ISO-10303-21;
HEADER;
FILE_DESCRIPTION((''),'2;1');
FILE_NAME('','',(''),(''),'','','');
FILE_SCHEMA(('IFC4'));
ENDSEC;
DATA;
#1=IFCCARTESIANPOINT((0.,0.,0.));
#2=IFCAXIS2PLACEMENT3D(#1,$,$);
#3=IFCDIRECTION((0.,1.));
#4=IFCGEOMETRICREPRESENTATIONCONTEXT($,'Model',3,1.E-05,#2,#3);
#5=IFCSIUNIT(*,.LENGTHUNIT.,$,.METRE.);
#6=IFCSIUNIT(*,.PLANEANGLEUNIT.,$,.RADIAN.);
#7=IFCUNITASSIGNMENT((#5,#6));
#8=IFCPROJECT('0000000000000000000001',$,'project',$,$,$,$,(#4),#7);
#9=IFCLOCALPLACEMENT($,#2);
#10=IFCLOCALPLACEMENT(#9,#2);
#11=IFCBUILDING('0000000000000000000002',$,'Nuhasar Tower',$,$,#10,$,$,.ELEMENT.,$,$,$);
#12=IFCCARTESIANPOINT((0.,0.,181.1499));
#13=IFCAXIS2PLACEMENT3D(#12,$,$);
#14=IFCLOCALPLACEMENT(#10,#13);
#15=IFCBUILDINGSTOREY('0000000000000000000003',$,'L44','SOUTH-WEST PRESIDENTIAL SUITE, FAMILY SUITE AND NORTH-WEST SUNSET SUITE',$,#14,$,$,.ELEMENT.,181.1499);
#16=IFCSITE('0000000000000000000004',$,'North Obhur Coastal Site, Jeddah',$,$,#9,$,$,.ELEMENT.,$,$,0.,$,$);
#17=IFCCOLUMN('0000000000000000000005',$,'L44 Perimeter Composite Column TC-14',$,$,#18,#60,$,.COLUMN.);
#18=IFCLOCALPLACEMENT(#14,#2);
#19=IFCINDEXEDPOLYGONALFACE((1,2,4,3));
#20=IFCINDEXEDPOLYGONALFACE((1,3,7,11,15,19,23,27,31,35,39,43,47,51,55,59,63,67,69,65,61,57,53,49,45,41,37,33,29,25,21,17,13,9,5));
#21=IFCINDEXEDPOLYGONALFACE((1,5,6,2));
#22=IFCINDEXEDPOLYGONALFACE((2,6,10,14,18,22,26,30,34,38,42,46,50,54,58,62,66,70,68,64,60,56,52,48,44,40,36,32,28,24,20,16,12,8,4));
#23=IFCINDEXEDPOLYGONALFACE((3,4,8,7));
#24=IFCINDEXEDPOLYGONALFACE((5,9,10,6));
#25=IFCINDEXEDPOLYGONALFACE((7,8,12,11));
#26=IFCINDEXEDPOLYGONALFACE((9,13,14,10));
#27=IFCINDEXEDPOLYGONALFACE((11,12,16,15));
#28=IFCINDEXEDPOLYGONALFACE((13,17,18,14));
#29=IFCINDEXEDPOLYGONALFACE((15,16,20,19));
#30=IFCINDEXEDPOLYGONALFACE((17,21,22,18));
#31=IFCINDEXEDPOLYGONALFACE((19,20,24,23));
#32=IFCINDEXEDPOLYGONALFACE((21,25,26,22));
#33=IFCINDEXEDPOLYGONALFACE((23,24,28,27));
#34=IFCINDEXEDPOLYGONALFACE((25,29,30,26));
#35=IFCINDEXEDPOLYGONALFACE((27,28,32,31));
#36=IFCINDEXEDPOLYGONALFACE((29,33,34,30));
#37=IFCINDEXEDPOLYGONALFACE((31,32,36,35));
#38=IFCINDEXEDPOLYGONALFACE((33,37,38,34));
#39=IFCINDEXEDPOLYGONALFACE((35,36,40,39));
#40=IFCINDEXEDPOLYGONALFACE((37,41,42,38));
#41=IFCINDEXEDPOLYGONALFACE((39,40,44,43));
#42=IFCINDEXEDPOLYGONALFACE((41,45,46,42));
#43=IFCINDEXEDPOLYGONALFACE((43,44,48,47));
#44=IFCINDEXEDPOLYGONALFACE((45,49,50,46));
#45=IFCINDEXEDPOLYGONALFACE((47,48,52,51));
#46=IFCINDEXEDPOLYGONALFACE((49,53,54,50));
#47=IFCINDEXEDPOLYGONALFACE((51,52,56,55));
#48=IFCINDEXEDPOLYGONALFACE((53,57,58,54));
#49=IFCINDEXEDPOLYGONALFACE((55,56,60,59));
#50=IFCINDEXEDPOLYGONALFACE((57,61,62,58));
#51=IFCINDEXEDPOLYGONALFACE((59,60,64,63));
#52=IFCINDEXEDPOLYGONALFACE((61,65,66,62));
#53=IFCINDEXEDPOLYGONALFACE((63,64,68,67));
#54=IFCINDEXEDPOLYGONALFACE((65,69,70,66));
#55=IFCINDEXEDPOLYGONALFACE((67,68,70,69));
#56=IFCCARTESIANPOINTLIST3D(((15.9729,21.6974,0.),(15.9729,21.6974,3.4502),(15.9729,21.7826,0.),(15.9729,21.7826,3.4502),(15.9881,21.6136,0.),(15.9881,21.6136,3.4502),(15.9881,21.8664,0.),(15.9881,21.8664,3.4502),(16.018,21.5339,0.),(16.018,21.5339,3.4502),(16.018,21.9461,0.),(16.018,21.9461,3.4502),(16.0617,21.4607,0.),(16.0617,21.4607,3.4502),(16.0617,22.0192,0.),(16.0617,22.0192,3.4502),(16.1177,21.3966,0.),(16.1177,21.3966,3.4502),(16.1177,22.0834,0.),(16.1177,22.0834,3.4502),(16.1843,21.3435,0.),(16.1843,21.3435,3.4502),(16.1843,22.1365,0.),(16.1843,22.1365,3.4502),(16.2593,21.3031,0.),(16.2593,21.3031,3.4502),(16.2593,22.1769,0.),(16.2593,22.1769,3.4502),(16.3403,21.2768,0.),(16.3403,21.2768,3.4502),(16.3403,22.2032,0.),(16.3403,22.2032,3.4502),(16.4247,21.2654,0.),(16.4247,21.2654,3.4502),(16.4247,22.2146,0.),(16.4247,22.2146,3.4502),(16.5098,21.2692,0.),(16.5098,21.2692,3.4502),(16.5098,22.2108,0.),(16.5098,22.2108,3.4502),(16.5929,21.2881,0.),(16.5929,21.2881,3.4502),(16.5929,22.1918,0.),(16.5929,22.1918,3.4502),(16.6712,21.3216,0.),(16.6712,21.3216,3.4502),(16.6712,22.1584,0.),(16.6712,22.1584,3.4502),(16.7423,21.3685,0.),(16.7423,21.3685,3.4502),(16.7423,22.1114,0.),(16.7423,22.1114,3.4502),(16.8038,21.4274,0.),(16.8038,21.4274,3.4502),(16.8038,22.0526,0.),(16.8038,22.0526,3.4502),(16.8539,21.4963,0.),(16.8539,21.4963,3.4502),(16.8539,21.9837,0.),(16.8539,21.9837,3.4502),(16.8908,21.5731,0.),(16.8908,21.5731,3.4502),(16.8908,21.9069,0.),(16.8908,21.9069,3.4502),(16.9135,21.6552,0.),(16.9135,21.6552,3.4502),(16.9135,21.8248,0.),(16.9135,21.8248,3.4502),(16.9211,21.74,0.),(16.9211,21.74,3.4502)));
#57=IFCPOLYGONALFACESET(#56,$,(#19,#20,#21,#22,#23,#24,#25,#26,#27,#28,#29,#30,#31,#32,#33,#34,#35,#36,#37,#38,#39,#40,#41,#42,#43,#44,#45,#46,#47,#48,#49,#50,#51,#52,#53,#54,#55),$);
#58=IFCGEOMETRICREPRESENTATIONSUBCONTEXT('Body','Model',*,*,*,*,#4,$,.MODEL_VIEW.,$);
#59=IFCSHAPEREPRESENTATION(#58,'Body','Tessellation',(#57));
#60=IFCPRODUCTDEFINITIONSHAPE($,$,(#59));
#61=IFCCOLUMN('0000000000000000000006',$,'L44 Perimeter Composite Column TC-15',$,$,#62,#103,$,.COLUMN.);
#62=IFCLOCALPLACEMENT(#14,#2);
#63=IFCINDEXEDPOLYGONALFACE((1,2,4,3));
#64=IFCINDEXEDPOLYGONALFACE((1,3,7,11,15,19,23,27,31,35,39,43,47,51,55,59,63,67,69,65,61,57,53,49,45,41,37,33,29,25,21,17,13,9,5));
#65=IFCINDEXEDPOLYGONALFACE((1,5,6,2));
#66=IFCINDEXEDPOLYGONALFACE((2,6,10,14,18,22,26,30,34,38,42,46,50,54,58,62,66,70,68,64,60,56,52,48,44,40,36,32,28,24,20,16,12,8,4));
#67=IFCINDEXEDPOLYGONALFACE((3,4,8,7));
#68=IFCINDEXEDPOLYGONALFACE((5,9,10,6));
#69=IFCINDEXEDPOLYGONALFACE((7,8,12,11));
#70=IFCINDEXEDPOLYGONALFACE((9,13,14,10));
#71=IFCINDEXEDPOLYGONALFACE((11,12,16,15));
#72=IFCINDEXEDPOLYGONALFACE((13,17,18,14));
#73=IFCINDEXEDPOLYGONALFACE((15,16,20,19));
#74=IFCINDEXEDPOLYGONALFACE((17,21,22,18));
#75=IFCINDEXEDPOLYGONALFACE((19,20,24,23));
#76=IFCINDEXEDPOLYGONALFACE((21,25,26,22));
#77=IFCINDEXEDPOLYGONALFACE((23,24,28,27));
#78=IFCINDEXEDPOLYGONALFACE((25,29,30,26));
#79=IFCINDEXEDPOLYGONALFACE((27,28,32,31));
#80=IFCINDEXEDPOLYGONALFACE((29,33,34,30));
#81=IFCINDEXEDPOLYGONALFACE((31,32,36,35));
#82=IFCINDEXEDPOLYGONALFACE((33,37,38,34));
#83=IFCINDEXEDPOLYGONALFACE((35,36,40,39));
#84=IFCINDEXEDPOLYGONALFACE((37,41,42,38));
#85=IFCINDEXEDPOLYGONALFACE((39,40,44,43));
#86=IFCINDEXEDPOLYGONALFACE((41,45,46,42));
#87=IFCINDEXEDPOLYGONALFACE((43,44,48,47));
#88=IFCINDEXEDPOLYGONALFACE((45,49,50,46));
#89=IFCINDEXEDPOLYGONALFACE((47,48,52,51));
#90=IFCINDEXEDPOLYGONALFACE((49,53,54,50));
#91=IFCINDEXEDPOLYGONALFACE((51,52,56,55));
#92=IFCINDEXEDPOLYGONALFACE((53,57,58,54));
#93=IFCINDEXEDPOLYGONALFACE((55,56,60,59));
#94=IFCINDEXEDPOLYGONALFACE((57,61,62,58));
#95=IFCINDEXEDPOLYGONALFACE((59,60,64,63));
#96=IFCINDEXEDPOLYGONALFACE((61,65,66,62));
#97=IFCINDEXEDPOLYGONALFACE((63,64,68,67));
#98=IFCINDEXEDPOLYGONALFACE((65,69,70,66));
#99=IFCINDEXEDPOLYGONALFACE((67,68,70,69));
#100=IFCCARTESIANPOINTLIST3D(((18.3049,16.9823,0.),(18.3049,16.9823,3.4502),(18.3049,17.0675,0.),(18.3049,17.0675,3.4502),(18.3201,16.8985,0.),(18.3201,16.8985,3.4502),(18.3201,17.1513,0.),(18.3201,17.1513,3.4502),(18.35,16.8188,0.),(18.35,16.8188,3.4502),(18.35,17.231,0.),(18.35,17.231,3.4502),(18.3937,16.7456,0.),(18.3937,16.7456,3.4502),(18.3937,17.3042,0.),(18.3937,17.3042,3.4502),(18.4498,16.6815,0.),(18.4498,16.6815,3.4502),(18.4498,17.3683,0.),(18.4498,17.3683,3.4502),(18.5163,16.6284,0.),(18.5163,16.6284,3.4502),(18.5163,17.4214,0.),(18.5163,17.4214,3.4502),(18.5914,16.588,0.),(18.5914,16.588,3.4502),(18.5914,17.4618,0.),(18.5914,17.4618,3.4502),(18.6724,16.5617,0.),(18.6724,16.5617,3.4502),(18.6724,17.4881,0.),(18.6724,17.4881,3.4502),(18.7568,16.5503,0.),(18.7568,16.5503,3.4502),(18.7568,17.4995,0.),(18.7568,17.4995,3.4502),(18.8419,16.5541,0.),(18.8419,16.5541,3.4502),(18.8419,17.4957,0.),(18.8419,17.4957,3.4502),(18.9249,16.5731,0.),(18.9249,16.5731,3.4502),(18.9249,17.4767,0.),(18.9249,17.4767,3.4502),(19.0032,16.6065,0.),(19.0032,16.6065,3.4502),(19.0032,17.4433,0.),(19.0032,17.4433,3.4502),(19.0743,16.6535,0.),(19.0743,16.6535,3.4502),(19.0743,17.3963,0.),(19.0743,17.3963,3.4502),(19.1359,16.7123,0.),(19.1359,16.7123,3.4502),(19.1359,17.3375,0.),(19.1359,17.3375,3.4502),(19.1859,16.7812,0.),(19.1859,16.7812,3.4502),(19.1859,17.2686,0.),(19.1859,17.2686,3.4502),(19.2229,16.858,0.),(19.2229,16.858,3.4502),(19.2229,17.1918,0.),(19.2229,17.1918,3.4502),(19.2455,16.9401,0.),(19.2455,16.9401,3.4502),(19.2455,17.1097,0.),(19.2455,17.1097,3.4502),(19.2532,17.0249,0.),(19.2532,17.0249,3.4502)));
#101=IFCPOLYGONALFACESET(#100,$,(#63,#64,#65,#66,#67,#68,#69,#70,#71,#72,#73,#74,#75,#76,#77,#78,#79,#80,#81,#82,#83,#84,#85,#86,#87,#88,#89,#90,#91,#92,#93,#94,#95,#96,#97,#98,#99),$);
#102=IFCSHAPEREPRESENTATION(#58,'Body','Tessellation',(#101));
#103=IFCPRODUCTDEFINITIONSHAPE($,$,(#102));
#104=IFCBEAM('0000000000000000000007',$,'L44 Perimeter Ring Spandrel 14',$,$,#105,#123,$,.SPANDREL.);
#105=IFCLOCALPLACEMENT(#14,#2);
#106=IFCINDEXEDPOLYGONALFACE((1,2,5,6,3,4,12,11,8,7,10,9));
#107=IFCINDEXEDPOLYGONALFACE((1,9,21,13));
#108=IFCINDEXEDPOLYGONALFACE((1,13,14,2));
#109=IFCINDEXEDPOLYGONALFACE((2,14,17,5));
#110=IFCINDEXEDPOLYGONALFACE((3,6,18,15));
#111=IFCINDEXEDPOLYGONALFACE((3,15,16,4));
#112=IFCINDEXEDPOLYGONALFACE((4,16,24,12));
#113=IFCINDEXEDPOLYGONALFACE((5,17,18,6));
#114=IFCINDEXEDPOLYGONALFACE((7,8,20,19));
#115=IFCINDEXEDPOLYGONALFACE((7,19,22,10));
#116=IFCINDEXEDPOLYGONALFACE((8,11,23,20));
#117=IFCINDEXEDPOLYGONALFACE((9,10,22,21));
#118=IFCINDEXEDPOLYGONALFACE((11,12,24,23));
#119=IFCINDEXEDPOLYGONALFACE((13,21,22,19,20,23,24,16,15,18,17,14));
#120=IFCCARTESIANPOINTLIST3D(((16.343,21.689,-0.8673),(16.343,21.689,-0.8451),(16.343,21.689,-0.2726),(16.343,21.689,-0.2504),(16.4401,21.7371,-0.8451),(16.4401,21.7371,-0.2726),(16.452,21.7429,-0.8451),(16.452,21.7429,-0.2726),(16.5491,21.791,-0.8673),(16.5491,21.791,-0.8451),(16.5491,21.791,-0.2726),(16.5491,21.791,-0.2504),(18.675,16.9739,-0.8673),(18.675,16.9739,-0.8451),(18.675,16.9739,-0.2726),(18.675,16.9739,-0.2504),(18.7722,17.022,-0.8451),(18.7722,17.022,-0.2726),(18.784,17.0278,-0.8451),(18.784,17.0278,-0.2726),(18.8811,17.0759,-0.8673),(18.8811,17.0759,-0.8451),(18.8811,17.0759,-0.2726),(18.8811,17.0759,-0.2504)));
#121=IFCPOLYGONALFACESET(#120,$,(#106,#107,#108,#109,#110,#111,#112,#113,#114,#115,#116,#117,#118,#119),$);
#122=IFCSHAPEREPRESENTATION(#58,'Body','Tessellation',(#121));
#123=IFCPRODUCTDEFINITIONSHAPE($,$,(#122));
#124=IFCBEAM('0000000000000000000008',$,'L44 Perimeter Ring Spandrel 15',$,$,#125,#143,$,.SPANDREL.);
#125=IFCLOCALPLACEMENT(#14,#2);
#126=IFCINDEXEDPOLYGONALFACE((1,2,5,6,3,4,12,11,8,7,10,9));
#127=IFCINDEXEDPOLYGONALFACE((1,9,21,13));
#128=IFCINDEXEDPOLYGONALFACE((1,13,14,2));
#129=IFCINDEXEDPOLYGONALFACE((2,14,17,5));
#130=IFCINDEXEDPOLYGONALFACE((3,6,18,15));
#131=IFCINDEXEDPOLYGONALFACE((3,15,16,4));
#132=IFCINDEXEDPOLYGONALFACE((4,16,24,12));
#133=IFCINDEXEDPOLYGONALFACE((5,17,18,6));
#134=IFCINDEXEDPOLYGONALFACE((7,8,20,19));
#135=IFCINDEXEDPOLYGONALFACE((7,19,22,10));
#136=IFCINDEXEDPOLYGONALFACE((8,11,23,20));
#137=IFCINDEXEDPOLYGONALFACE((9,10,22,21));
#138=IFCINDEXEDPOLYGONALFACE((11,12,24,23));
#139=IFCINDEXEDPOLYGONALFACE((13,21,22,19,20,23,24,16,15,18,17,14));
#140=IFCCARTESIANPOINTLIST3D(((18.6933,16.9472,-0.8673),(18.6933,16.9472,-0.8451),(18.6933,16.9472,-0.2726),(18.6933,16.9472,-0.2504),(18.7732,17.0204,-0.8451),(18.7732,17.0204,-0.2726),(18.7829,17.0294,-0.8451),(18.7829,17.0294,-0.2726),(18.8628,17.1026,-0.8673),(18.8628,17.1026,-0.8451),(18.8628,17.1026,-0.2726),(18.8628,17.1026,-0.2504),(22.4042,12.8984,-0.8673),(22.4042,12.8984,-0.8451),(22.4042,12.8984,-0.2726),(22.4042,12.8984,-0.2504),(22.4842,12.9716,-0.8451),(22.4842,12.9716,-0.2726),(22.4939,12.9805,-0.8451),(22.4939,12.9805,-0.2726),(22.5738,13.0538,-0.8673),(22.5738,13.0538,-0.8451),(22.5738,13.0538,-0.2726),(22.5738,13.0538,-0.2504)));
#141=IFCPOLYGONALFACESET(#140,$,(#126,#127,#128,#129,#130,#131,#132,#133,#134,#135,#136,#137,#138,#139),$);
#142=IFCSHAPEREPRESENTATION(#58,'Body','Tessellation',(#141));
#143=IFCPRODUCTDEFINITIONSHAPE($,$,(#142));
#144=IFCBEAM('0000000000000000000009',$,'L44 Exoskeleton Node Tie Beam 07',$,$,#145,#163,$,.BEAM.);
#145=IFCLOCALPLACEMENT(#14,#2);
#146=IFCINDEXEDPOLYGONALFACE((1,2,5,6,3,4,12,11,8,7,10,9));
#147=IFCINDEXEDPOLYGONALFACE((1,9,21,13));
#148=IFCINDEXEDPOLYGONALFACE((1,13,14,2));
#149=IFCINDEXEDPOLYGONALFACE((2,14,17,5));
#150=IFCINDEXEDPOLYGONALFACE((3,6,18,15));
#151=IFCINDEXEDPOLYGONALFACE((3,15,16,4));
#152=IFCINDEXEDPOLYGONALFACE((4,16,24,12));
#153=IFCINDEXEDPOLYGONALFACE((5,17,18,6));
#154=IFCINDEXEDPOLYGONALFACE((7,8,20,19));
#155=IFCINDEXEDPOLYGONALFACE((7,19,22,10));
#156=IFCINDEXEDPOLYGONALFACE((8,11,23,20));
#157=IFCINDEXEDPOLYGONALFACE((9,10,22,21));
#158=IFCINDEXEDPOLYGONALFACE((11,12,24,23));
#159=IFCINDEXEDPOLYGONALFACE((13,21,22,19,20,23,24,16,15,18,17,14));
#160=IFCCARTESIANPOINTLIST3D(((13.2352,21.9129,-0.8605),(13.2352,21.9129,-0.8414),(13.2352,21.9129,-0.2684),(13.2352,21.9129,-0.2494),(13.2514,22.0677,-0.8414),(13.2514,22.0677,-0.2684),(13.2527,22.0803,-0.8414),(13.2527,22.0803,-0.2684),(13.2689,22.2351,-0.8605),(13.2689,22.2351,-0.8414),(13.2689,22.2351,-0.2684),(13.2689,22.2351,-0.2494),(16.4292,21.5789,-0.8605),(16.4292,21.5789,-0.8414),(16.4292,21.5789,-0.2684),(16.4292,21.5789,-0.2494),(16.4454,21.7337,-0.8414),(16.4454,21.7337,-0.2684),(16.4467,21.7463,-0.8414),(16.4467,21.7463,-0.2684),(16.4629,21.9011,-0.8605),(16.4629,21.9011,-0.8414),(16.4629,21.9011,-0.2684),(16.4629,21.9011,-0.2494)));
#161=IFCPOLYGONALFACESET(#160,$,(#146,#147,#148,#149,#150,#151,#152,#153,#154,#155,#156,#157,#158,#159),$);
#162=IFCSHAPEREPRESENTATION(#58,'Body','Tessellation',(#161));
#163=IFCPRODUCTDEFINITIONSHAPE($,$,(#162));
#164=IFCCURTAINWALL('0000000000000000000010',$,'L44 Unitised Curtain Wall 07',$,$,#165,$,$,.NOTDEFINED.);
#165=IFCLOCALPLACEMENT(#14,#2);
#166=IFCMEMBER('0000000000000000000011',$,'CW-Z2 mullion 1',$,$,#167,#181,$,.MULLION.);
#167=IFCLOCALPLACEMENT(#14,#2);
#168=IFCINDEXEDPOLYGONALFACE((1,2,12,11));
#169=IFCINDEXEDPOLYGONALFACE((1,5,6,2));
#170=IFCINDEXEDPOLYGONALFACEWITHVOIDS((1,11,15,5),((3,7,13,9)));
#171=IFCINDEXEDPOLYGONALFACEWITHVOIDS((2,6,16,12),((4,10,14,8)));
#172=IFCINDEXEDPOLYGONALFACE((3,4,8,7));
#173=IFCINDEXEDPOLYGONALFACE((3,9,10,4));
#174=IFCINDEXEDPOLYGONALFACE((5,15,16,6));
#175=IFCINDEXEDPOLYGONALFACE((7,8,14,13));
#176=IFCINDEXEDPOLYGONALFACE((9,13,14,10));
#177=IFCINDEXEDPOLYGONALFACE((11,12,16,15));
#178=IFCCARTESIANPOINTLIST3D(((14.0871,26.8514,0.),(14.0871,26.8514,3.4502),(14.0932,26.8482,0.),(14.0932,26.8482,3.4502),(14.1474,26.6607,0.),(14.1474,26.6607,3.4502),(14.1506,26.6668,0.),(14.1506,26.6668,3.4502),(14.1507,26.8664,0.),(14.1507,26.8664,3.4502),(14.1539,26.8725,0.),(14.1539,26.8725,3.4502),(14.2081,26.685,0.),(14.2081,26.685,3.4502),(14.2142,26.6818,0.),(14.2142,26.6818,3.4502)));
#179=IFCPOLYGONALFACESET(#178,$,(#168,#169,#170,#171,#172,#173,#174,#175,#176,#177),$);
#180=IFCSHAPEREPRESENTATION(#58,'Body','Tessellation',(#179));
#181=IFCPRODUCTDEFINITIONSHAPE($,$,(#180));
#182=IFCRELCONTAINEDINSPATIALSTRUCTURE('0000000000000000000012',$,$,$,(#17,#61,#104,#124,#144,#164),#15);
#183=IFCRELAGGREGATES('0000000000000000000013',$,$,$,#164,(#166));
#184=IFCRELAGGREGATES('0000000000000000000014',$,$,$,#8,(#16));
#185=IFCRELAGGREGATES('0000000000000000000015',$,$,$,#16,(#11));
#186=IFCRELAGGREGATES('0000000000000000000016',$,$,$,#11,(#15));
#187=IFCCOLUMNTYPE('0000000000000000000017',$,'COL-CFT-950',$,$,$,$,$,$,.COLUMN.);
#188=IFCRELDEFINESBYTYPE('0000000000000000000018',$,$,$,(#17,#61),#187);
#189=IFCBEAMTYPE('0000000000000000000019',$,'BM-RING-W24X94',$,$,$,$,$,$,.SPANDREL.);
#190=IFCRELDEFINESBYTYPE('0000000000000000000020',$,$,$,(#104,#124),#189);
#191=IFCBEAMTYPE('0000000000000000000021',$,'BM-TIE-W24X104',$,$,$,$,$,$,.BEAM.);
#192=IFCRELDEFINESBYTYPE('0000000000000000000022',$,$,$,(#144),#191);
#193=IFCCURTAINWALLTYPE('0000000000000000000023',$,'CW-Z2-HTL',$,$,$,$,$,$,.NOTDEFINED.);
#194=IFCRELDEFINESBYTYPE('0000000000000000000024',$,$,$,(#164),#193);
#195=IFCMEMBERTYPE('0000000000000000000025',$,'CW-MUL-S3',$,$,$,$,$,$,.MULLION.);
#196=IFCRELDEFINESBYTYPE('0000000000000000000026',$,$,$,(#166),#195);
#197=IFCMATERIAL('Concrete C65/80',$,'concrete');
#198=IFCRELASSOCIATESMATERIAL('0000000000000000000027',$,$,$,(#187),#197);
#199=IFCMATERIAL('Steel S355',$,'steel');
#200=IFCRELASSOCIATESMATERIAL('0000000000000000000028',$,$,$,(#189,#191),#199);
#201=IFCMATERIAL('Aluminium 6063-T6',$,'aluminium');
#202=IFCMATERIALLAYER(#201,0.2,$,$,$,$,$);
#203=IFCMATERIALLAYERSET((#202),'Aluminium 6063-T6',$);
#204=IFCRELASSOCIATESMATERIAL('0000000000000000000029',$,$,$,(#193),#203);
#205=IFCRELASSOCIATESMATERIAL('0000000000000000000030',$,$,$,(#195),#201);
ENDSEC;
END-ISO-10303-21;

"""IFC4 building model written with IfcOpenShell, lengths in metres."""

from ifc_helpers import new_model, si_unit, direction, frame, origin, origin_2d, place, context, subcontext, project, spatial, hollow_rectangle, circle, i_section, extrude, material, layer, layer_set, material_profile, profile_set, type_object, element, aggregate, save


model = new_model("IFC4")

# Units and contexts
model_context = context("Model", 3, precision=1e-05, world=origin(), true_north=direction((0.0, 1.0)))
body_context = subcontext(model_context, "Body", "Model", "MODEL_VIEW")
ifc_project = project(units=[si_unit("LENGTHUNIT", "METRE"), si_unit("PLANEANGLEUNIT", "RADIAN")], contexts=[model_context])

# Site, building, storey
site_placement = place(None, origin())
site = spatial("IfcSite", under=ifc_project, at=site_placement, Name="North Obhur Coastal Site, Jeddah", CompositionType="ELEMENT", RefElevation=0.0)
building_placement = place(site_placement, origin())
building = spatial("IfcBuilding", under=site, at=building_placement, Name="Nuhasar Tower", CompositionType="ELEMENT")
storey_placement = place(building_placement, frame((0.0, 0.0, 181.1499)))
storey = spatial("IfcBuildingStorey", under=building, at=storey_placement, Name="L44", Description="SOUTH-WEST PRESIDENTIAL SUITE, FAMILY SUITE AND NORTH-WEST SUNSET SUITE", CompositionType="ELEMENT", Elevation=181.1499)

# Columns
ifc_material_1 = material(Name="Concrete C65/80", Category="concrete")
ifc_material_profile_1 = material_profile(ifc_material_1, circle(Radius=0.4751, at=origin_2d()), Name="CFT950")
ifc_profile_set_1 = profile_set([ifc_material_profile_1], Name="Concrete C65/80")
column_type = type_object("IfcColumnType", Name="COL-CFT-950", PredefinedType="COLUMN", material=ifc_profile_set_1)
for number, where, z_axis, x_axis, name in (
    (1, (16.446, 21.74, 0.0), (0.0, 0.0, 1.0), (1.0, 0.0, 0.0), "L44 Perimeter Composite Column TC-14"),
    (2, (18.7781, 17.0249, 0.0), (0.0, 0.0, 1.0), (1.0, 0.0, 0.0), "L44 Perimeter Composite Column TC-15"),
):
    element("IfcColumn", number, at=place(storey_placement, frame(where, z_axis=z_axis, x_axis=x_axis)), inside=storey, type_object=column_type, Name=name, PredefinedType="COLUMN", context=body_context, shape_type="SweptSolid", body=[
        extrude(circle(Radius=0.4751, at=origin_2d()), origin(), (0.0, 0.0, 1.0), 3.4502),
    ])

# Beams
ifc_material_2 = material(Name="Steel S355", Category="steel")
ifc_material_profile_2 = material_profile(ifc_material_2, i_section(OverallWidth=0.23, OverallDepth=0.6169, WebThickness=0.0132, FlangeThickness=0.0222, at=origin_2d()), Name="W24X94")
ifc_profile_set_2 = profile_set([ifc_material_profile_2], Name="Steel S355")
beam_type_1 = type_object("IfcBeamType", Name="BM-RING-W24X94", PredefinedType="SPANDREL", material=ifc_profile_set_2)
beam_1_placement = place(storey_placement, frame((16.446, 21.74, -0.5588), z_axis=(0.443329, -0.896359, 0.0), x_axis=(0.896359, 0.443329, 0.0)))
element("IfcBeam", 3, at=beam_1_placement, inside=storey, type_object=beam_type_1, Name="L44 Perimeter Ring Spandrel 14", PredefinedType="SPANDREL", context=body_context, shape_type="SweptSolid", body=[
    extrude(i_section(OverallWidth=0.23, OverallDepth=0.6169, WebThickness=0.0132, FlangeThickness=0.0222, at=origin_2d()), origin(), (0.0, 0.0, 1.0), 5.2603),
])
beam_2_placement = place(storey_placement, frame((18.7781, 17.0249, -0.5588), z_axis=(0.675676, -0.737198, 0.0), x_axis=(0.737198, 0.675676, 0.0)))
element("IfcBeam", 4, at=beam_2_placement, inside=storey, type_object=beam_type_1, Name="L44 Perimeter Ring Spandrel 15", PredefinedType="SPANDREL", context=body_context, shape_type="SweptSolid", body=[
    extrude(i_section(OverallWidth=0.23, OverallDepth=0.6169, WebThickness=0.0132, FlangeThickness=0.0222, at=origin_2d()), origin(), (0.0, 0.0, 1.0), 5.4922),
])
ifc_material_profile_3 = material_profile(ifc_material_2, i_section(OverallWidth=0.324, OverallDepth=0.6111, WebThickness=0.0127, FlangeThickness=0.019, at=origin_2d()), Name="W24X104")
ifc_profile_set_3 = profile_set([ifc_material_profile_3], Name="Steel S355")
beam_type_2 = type_object("IfcBeamType", Name="BM-TIE-W24X104", PredefinedType="BEAM", material=ifc_profile_set_3)
beam_3_placement = place(storey_placement, frame((16.446, 21.74, -0.5549), z_axis=(-0.994578, 0.103996, 0.0), x_axis=(-0.103996, -0.994578, 0.0)))
element("IfcBeam", 5, at=beam_3_placement, inside=storey, type_object=beam_type_2, Name="L44 Exoskeleton Node Tie Beam 07", PredefinedType="BEAM", context=body_context, shape_type="SweptSolid", body=[
    extrude(i_section(OverallWidth=0.324, OverallDepth=0.6111, WebThickness=0.0127, FlangeThickness=0.019, at=origin_2d()), origin(), (0.0, 0.0, 1.0), 3.2114),
])

# Curtain wall, member
ifc_material_3 = material(Name="Aluminium 6063-T6", Category="aluminium")
ifc_layer_1 = layer(ifc_material_3, 0.2)
ifc_layer_set_1 = layer_set([ifc_layer_1], Name="Aluminium 6063-T6")
curtain_wall_type = type_object("IfcCurtainWallType", Name="CW-Z2-HTL", PredefinedType="NOTDEFINED", material=ifc_layer_set_1)
curtain_wall_1_placement = place(storey_placement, origin())
curtain_wall_1 = element("IfcCurtainWall", 6, at=curtain_wall_1_placement, inside=storey, type_object=curtain_wall_type, Name="L44 Unitised Curtain Wall 07", PredefinedType="NOTDEFINED")
ifc_material_profile_4 = material_profile(ifc_material_3, hollow_rectangle(XDim=0.0701, YDim=0.2, WallThickness=0.0049, at=origin_2d()), Name="CWM-3")
ifc_profile_set_4 = profile_set([ifc_material_profile_4], Name="Aluminium 6063-T6")
member_type_1 = type_object("IfcMemberType", Name="CW-MUL-S3", PredefinedType="MULLION", material=ifc_profile_set_4)
member_1_placement = place(storey_placement, frame((14.1506, 26.7666, 0.0), z_axis=(0.0, 0.0, 1.0), x_axis=(0.953433, 0.301604, 0.0)))
member_1 = element("IfcMember", 7, at=member_1_placement, type_object=member_type_1, Name="CW-Z2 mullion 1", PredefinedType="MULLION", context=body_context, shape_type="SweptSolid", body=[
    extrude(hollow_rectangle(XDim=0.0701, YDim=0.2, WallThickness=0.0049, at=origin_2d()), origin(), (0.0, 0.0, 1.0), 3.4502),
])

aggregate(curtain_wall_1, [member_1])

save(model, "model.ifc")
